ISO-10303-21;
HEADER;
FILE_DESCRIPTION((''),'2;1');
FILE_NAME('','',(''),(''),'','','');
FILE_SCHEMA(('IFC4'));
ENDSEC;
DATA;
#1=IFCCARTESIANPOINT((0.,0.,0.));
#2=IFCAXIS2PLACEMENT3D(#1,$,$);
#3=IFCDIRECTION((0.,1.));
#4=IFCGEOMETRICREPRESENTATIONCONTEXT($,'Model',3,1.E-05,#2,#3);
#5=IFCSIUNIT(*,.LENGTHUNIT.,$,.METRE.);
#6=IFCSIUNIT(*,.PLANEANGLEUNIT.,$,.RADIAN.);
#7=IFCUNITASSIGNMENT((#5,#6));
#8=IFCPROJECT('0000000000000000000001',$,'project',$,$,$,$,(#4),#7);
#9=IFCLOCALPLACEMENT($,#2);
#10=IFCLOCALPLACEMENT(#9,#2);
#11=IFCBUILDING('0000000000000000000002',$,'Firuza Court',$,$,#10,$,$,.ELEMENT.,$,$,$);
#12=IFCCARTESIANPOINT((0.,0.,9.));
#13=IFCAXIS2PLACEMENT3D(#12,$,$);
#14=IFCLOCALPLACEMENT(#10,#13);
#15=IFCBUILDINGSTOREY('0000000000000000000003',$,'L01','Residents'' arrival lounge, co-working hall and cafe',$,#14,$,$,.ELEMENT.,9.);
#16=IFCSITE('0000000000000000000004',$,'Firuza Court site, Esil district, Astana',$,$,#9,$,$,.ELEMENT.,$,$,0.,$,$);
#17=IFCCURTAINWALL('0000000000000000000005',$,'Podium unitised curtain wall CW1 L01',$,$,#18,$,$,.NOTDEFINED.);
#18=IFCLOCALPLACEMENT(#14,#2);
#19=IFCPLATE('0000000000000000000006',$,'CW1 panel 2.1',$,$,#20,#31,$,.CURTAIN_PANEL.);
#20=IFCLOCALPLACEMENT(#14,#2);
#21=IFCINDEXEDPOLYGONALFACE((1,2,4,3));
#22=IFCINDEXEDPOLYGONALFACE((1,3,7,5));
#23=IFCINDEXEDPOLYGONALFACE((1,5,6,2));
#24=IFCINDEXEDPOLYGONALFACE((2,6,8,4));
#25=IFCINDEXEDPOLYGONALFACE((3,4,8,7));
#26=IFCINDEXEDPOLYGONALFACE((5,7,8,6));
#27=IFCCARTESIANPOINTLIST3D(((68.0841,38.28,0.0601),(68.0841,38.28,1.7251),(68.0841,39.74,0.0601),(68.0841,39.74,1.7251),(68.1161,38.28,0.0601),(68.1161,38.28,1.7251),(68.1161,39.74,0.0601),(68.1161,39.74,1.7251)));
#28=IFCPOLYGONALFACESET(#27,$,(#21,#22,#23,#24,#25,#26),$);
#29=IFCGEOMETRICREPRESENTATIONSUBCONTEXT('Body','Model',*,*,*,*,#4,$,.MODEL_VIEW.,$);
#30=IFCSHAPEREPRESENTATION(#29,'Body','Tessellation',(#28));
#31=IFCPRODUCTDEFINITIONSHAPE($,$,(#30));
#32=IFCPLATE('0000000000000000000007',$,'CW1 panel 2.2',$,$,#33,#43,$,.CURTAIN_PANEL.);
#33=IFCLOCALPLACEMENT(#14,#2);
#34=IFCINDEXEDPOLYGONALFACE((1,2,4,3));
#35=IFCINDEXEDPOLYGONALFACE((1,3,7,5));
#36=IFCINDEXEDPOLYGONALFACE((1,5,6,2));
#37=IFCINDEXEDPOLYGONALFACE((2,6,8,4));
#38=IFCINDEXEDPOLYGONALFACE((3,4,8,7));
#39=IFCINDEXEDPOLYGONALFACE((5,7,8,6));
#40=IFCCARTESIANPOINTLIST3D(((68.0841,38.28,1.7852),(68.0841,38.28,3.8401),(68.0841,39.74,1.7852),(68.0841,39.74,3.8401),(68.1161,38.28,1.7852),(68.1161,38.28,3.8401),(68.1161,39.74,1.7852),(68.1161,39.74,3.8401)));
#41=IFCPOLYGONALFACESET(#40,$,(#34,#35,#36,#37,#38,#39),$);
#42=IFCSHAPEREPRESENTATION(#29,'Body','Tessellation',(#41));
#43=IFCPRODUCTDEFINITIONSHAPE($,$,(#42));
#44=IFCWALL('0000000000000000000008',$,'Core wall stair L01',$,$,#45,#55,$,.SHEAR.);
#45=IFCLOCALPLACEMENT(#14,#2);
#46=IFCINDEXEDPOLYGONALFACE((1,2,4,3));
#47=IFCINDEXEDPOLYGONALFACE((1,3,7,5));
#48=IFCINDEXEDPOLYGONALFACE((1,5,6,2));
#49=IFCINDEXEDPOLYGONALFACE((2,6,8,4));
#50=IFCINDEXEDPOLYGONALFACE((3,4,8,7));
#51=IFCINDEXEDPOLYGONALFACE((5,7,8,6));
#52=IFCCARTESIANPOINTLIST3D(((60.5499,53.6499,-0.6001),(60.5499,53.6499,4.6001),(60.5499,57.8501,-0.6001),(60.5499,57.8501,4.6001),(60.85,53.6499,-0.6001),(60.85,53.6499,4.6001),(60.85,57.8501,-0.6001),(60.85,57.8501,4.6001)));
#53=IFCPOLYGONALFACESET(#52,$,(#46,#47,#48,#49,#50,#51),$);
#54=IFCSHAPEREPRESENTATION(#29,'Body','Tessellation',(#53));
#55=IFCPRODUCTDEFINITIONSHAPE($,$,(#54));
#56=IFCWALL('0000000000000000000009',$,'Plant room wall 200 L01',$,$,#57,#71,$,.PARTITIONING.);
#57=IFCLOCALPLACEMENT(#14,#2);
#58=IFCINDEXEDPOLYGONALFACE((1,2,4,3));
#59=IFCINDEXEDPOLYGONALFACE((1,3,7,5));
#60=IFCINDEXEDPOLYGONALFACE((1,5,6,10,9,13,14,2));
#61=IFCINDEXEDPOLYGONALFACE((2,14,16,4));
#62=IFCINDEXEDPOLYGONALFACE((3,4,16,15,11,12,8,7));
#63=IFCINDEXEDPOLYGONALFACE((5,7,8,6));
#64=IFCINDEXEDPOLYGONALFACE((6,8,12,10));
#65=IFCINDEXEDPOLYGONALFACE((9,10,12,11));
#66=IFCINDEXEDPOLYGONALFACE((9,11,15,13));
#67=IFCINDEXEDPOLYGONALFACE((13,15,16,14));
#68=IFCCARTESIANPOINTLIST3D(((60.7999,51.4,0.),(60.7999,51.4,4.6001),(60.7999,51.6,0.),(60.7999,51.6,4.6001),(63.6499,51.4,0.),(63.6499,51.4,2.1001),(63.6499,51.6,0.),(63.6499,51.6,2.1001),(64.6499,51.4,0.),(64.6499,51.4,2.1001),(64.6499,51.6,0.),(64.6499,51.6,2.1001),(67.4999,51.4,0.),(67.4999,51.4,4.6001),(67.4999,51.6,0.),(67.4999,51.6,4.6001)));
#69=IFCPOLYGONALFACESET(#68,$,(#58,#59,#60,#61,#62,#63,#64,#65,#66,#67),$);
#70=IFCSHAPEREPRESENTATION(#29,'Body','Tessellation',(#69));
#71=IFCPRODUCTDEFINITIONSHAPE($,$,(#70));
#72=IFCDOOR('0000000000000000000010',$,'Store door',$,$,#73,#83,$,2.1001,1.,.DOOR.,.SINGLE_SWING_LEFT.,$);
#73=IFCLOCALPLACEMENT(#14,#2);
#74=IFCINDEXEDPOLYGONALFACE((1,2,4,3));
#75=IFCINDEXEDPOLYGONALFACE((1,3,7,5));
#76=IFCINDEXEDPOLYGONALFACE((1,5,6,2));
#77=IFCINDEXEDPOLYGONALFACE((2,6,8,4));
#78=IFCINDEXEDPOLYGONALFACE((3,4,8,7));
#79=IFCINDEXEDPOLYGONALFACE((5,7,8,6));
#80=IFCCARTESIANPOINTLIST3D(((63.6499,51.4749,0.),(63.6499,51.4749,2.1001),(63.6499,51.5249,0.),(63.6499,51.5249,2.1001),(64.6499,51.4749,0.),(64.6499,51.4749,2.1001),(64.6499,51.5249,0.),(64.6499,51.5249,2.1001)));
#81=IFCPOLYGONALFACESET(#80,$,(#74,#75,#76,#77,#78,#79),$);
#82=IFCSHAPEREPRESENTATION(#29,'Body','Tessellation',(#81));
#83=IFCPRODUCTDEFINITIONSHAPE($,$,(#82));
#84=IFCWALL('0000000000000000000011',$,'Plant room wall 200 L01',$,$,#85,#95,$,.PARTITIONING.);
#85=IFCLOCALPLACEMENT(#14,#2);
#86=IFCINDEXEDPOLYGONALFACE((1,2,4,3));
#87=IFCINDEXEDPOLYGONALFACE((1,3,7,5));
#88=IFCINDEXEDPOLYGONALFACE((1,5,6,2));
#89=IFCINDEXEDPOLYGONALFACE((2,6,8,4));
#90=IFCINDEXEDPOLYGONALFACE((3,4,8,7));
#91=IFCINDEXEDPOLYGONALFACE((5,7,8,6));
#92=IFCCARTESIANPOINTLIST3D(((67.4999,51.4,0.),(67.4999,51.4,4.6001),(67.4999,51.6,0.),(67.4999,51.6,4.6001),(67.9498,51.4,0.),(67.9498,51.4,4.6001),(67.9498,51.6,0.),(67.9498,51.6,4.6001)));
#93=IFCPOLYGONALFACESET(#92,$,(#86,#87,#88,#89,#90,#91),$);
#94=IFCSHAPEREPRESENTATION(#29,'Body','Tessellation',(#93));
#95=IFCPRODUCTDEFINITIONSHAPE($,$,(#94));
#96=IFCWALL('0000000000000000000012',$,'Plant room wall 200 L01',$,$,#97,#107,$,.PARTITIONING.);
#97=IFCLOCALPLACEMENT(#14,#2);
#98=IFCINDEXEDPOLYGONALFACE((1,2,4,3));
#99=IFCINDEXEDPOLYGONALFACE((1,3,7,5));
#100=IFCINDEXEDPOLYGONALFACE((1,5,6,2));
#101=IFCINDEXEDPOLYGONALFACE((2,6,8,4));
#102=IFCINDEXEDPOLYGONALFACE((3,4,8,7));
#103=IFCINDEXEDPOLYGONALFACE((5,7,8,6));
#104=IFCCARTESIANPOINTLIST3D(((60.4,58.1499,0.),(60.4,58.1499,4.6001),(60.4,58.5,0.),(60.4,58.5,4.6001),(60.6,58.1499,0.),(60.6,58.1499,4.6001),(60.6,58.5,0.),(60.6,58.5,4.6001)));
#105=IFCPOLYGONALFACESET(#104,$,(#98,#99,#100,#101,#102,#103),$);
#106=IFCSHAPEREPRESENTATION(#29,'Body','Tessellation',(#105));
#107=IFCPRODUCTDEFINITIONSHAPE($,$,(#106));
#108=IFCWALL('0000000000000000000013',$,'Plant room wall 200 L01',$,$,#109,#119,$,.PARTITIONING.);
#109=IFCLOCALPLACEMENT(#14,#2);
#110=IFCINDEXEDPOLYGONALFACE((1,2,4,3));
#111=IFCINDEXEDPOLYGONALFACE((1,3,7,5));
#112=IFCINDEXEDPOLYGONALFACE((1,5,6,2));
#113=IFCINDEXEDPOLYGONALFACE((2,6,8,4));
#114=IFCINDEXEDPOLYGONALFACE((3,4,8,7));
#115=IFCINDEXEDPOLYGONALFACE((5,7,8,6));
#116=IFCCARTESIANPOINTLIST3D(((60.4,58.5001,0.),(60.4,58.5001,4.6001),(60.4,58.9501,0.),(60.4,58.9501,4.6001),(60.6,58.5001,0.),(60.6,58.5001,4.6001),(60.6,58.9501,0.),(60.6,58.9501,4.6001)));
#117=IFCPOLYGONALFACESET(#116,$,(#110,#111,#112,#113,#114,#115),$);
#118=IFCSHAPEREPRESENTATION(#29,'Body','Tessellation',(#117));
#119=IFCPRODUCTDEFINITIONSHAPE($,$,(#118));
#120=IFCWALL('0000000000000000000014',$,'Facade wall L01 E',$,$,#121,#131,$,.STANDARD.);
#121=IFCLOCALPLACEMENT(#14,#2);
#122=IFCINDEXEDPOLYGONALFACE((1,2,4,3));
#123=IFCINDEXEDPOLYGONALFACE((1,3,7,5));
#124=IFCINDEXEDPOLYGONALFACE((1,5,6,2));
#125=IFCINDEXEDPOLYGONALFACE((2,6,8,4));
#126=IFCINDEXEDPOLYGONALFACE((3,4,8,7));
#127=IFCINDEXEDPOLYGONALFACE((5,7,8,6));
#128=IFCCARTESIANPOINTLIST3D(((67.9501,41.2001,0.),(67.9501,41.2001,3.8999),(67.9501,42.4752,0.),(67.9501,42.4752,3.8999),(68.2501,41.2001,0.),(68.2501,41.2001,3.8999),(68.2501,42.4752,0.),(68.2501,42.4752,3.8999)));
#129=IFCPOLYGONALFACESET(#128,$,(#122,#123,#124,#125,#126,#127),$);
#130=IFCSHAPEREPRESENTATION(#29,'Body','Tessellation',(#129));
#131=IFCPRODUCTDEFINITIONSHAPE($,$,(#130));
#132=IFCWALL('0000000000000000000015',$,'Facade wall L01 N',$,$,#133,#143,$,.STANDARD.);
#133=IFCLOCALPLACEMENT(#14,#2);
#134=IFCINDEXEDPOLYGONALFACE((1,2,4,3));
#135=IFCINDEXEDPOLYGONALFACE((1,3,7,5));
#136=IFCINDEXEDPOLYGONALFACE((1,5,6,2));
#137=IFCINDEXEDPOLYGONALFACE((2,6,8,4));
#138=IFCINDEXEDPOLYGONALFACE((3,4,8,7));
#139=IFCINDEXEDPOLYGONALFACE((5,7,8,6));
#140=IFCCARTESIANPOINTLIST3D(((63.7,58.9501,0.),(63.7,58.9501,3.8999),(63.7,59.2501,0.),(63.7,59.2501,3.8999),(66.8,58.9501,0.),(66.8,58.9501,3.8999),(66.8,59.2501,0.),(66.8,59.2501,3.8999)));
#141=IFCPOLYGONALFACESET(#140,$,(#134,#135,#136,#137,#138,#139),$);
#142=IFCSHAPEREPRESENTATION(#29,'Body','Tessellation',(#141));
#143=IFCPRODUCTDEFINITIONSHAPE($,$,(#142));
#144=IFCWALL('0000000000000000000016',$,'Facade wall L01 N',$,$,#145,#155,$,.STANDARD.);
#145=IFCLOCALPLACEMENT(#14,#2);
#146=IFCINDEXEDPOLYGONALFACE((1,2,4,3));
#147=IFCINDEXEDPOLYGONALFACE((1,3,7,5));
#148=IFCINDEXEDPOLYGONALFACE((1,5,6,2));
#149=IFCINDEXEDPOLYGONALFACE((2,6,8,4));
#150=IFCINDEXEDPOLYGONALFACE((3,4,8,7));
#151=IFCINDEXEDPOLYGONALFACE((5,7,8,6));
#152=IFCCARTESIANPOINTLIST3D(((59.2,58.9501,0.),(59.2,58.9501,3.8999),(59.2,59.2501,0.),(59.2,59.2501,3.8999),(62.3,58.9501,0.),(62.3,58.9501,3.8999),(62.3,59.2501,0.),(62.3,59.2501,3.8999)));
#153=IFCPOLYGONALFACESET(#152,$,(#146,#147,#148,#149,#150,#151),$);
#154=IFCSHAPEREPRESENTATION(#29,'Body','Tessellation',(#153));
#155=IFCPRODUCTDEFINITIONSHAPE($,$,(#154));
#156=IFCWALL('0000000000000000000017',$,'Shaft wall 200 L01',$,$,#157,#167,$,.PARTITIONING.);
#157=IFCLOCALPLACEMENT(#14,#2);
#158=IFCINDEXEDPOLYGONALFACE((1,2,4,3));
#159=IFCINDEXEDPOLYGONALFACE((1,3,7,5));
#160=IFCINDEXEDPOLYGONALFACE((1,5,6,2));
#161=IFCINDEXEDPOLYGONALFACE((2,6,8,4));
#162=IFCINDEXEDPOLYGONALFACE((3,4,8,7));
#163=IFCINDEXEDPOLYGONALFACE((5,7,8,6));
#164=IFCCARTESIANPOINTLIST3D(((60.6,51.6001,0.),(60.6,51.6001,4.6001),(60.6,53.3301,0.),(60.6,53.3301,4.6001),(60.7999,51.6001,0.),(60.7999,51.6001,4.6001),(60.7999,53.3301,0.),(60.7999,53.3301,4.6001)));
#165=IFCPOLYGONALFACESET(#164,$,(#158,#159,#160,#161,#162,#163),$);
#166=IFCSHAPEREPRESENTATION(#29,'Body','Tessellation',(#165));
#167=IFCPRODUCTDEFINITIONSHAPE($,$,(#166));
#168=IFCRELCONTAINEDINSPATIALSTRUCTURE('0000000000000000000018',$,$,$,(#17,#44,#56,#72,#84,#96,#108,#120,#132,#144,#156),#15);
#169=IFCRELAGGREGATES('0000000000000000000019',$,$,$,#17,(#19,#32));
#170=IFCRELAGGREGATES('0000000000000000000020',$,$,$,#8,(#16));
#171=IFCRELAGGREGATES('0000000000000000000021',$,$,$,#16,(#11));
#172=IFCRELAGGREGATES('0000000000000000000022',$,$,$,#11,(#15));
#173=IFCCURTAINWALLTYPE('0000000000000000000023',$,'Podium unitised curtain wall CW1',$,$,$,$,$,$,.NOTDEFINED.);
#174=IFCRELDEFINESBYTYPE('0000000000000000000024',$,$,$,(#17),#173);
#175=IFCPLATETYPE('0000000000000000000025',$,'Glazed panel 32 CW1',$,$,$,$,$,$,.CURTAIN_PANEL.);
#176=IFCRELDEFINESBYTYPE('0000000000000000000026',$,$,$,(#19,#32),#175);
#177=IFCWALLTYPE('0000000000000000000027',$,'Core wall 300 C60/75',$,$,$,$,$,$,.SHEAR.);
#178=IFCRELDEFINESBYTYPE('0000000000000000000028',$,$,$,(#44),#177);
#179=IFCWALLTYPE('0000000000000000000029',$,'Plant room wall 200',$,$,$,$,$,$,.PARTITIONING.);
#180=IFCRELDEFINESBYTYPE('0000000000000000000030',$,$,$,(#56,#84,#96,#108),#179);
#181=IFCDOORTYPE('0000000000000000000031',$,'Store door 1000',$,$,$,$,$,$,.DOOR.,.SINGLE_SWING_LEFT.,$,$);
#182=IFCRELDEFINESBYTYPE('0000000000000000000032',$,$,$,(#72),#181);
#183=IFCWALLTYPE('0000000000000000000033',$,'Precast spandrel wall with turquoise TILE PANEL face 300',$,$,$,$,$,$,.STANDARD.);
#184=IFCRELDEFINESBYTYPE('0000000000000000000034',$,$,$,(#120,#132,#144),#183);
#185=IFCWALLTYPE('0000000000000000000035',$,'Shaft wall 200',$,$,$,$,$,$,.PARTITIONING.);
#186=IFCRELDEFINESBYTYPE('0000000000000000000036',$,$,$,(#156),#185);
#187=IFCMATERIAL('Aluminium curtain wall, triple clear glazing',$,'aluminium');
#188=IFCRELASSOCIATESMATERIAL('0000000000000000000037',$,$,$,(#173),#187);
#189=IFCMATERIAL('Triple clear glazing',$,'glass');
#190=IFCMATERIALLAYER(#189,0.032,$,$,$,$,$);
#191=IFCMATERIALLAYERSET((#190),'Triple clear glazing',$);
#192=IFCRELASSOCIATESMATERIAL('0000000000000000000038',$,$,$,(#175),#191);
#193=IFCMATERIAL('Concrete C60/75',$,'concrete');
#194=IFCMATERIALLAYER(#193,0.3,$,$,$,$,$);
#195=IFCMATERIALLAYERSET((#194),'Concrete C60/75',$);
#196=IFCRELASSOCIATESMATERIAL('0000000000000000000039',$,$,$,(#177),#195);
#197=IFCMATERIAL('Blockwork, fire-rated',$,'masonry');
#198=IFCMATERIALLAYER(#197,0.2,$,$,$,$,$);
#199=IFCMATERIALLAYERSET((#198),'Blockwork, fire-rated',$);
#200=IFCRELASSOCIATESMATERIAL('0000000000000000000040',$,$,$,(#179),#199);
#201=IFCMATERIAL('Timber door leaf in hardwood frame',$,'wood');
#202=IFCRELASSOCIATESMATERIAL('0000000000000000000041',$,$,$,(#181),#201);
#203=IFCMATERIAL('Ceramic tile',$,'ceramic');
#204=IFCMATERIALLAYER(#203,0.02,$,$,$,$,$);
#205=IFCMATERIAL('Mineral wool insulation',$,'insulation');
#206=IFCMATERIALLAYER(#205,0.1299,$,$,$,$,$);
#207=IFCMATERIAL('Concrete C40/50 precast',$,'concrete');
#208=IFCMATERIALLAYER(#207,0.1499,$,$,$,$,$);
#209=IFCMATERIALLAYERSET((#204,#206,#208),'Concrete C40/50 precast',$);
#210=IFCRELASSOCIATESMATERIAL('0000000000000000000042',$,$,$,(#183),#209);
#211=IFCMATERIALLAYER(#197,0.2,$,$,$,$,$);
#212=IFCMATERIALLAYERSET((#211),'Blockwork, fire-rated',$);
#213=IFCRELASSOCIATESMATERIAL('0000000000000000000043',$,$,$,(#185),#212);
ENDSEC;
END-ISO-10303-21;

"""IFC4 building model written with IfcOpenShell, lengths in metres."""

from ifc_helpers import new_model, si_unit, direction, frame, frame_2d, origin, origin_2d, place, context, subcontext, project, spatial, rectangle, extrude, material, layer, layer_set, type_object, element, fill, aggregate, save


model = new_model("IFC4")

# Units and contexts
model_context = context("Model", 3, precision=1e-05, world=origin(), true_north=direction((0.0, 1.0)))
body_context = subcontext(model_context, "Body", "Model", "MODEL_VIEW")
ifc_project = project(units=[si_unit("LENGTHUNIT", "METRE"), si_unit("PLANEANGLEUNIT", "RADIAN")], contexts=[model_context])

# Site, building, storey
site_placement = place(None, origin())
site = spatial("IfcSite", under=ifc_project, at=site_placement, Name="Firuza Court site, Esil district, Astana", CompositionType="ELEMENT", RefElevation=0.0)
building_placement = place(site_placement, origin())
building = spatial("IfcBuilding", under=site, at=building_placement, Name="Firuza Court", CompositionType="ELEMENT")
storey_placement = place(building_placement, frame((0.0, 0.0, 9.0)))
storey = spatial("IfcBuildingStorey", under=building, at=storey_placement, Name="L01", Description="Residents' arrival lounge, co-working hall and cafe", CompositionType="ELEMENT", Elevation=9.0)

# Curtain wall
ifc_material_1 = material(Name="Aluminium curtain wall, triple clear glazing", Category="aluminium")
curtain_wall_type = type_object("IfcCurtainWallType", Name="Podium unitised curtain wall CW1", PredefinedType="NOTDEFINED", material=ifc_material_1)
curtain_wall_placement = place(storey_placement, origin())
curtain_wall = element("IfcCurtainWall", 1, at=curtain_wall_placement, inside=storey, type_object=curtain_wall_type, Name="Podium unitised curtain wall CW1 L01", PredefinedType="NOTDEFINED")

# Plates
ifc_material_2 = material(Name="Triple clear glazing", Category="glass")
ifc_layer_1 = layer(ifc_material_2, 0.032)
ifc_layer_set_1 = layer_set([ifc_layer_1], Name="Triple clear glazing")
plate_type = type_object("IfcPlateType", Name="Glazed panel 32 CW1", PredefinedType="CURTAIN_PANEL", material=ifc_layer_set_1)
plate_1_placement = place(storey_placement, frame((68.1001, 39.01, 0.0601), z_axis=(0.0, 0.0, 1.0), x_axis=(0.0, 1.0, 0.0)))
plate_1 = element("IfcPlate", 2, at=plate_1_placement, type_object=plate_type, Name="CW1 panel 2.1", PredefinedType="CURTAIN_PANEL", context=body_context, shape_type="SweptSolid", body=[
    extrude(rectangle(XDim=1.46, YDim=0.032, at=origin_2d()), origin(), (0.0, 0.0, 1.0), 1.665),
])
plate_2_placement = place(storey_placement, frame((68.1001, 39.01, 1.7852), z_axis=(0.0, 0.0, 1.0), x_axis=(0.0, 1.0, 0.0)))
plate_2 = element("IfcPlate", 3, at=plate_2_placement, type_object=plate_type, Name="CW1 panel 2.2", PredefinedType="CURTAIN_PANEL", context=body_context, shape_type="SweptSolid", body=[
    extrude(rectangle(XDim=1.46, YDim=0.032, at=origin_2d()), origin(), (0.0, 0.0, 1.0), 2.0549),
])
aggregate(curtain_wall, [plate_1, plate_2])

# Wall
ifc_material_3 = material(Name="Concrete C60/75", Category="concrete")
ifc_layer_2 = layer(ifc_material_3, 0.3)
ifc_layer_set_2 = layer_set([ifc_layer_2], Name="Concrete C60/75")
wall_type_1 = type_object("IfcWallType", Name="Core wall 300 C60/75", PredefinedType="SHEAR", material=ifc_layer_set_2)
wall_1_placement = place(storey_placement, frame((60.7, 53.6499, -0.6001), z_axis=(0.0, 0.0, 1.0), x_axis=(0.0, 1.0, 0.0)))
element("IfcWall", 4, at=wall_1_placement, inside=storey, type_object=wall_type_1, Name="Core wall stair L01", PredefinedType="SHEAR", context=body_context, shape_type="SweptSolid", body=[
    extrude(rectangle(XDim=4.2002, YDim=0.3, at=frame_2d((2.1001, 0.0))), origin(), (0.0, 0.0, 1.0), 5.2002),
])

# Wall, opening, door
ifc_material_4 = material(Name="Blockwork, fire-rated", Category="masonry")
ifc_layer_3 = layer(ifc_material_4, 0.2)
ifc_layer_set_3 = layer_set([ifc_layer_3], Name="Blockwork, fire-rated")
wall_type_2 = type_object("IfcWallType", Name="Plant room wall 200", PredefinedType="PARTITIONING", material=ifc_layer_set_3)
wall_2_placement = place(storey_placement, frame((67.5, 51.5, 0.0), z_axis=(0.0, 0.0, 1.0), x_axis=(-1.0, 0.0, 0.0)))
wall_2 = element("IfcWall", 5, at=wall_2_placement, inside=storey, type_object=wall_type_2, Name="Plant room wall 200 L01", PredefinedType="PARTITIONING", context=body_context, shape_type="SweptSolid", body=[
    extrude(rectangle(XDim=6.7, YDim=0.2, at=frame_2d((3.3501, 0.0))), origin(), (0.0, 0.0, 1.0), 4.6001),
])
opening_placement = place(wall_2_placement, frame((2.8501, 0.0, 0.0)))
opening = element("IfcOpeningElement", 6, at=opening_placement, cuts=wall_2, PredefinedType="OPENING", context=body_context, shape_type="SweptSolid", body=[
    extrude(rectangle(XDim=1.0, YDim=2.1001, at=frame_2d((0.5, 1.05))), frame((0.0, 0.1118, 0.0), z_axis=(0.0, -1.0, 0.0), x_axis=(1.0, 0.0, 0.0)), (0.0, 0.0, 1.0), 0.2239),
])
ifc_material_5 = material(Name="Timber door leaf in hardwood frame", Category="wood")
door_type = type_object("IfcDoorType", Name="Store door 1000", OperationType="SINGLE_SWING_LEFT", PredefinedType="DOOR", material=ifc_material_5)
door_placement = place(opening_placement, frame((1.0, 0.0, 0.0), z_axis=(0.0, 0.0, 1.0), x_axis=(-1.0, 0.0, 0.0)))
door = element("IfcDoor", 7, at=door_placement, inside=storey, type_object=door_type, Name="Store door", OperationType="SINGLE_SWING_LEFT", OverallHeight=2.1001, OverallWidth=1.0, PredefinedType="DOOR", context=body_context, shape_type="SweptSolid", body=[
    extrude(rectangle(XDim=1.0, YDim=2.1001, at=frame_2d((0.5, 1.05))), frame((0.0, 0.0249, 0.0), z_axis=(0.0, -1.0, 0.0), x_axis=(1.0, 0.0, 0.0)), (0.0, 0.0, 1.0), 0.05),
])
fill(opening, door)

# Walls
wall_3_placement = place(storey_placement, frame((67.95, 51.5, 0.0), z_axis=(0.0, 0.0, 1.0), x_axis=(-1.0, 0.0, 0.0)))
element("IfcWall", 8, at=wall_3_placement, inside=storey, type_object=wall_type_2, Name="Plant room wall 200 L01", PredefinedType="PARTITIONING", context=body_context, shape_type="SweptSolid", body=[
    extrude(rectangle(XDim=0.45, YDim=0.2, at=frame_2d((0.2251, 0.0))), origin(), (0.0, 0.0, 1.0), 4.6001),
])
wall_4_placement = place(storey_placement, frame((60.5, 58.1499, 0.0), z_axis=(0.0, 0.0, 1.0), x_axis=(0.0, 1.0, 0.0)))
element("IfcWall", 9, at=wall_4_placement, inside=storey, type_object=wall_type_2, Name="Plant room wall 200 L01", PredefinedType="PARTITIONING", context=body_context, shape_type="SweptSolid", body=[
    extrude(rectangle(XDim=0.3501, YDim=0.2, at=frame_2d((0.175, 0.0))), origin(), (0.0, 0.0, 1.0), 4.6001),
])
wall_5_placement = place(storey_placement, frame((60.5, 58.5, 0.0), z_axis=(0.0, 0.0, 1.0), x_axis=(0.0, 1.0, 0.0)))
element("IfcWall", 10, at=wall_5_placement, inside=storey, type_object=wall_type_2, Name="Plant room wall 200 L01", PredefinedType="PARTITIONING", context=body_context, shape_type="SweptSolid", body=[
    extrude(rectangle(XDim=0.45, YDim=0.2, at=frame_2d((0.2251, 0.0))), origin(), (0.0, 0.0, 1.0), 4.6001),
])
ifc_material_6 = material(Name="Ceramic tile", Category="ceramic")
ifc_layer_4 = layer(ifc_material_6, 0.02)
ifc_material_7 = material(Name="Mineral wool insulation", Category="insulation")
ifc_layer_5 = layer(ifc_material_7, 0.1299)
ifc_material_8 = material(Name="Concrete C40/50 precast", Category="concrete")
ifc_layer_6 = layer(ifc_material_8, 0.1499)
ifc_layer_set_4 = layer_set([ifc_layer_4, ifc_layer_5, ifc_layer_6], Name="Concrete C40/50 precast")
wall_type_3 = type_object("IfcWallType", Name="Precast spandrel wall with turquoise TILE PANEL face 300", PredefinedType="STANDARD", material=ifc_layer_set_4)
wall_6_placement = place(storey_placement, frame((68.1001, 41.2, 0.0), z_axis=(0.0, 0.0, 1.0), x_axis=(0.0, 1.0, 0.0)))
element("IfcWall", 11, at=wall_6_placement, inside=storey, type_object=wall_type_3, Name="Facade wall L01 E", PredefinedType="STANDARD", context=body_context, shape_type="SweptSolid", body=[
    extrude(rectangle(XDim=1.2751, YDim=0.3, at=frame_2d((0.6377, 0.0))), origin(), (0.0, 0.0, 1.0), 3.8999),
])
for number, where, z_axis, x_axis, name in (
    (12, (66.8, 59.1001, 0.0), (0.0, 0.0, 1.0), (-1.0, 0.0, 0.0), "Facade wall L01 N"),
    (13, (62.3, 59.1001, 0.0), (0.0, 0.0, 1.0), (-1.0, 0.0, 0.0), "Facade wall L01 N"),
):
    element("IfcWall", number, at=place(storey_placement, frame(where, z_axis=z_axis, x_axis=x_axis)), inside=storey, type_object=wall_type_3, Name=name, PredefinedType="STANDARD", context=body_context, shape_type="SweptSolid", body=[
        extrude(rectangle(XDim=3.1001, YDim=0.3, at=frame_2d((1.55, 0.0))), origin(), (0.0, 0.0, 1.0), 3.8999),
    ])
ifc_layer_7 = layer(ifc_material_4, 0.2)
ifc_layer_set_5 = layer_set([ifc_layer_7], Name="Blockwork, fire-rated")
wall_type_4 = type_object("IfcWallType", Name="Shaft wall 200", PredefinedType="PARTITIONING", material=ifc_layer_set_5)
wall_7_placement = place(storey_placement, frame((60.7, 51.6001, 0.0), z_axis=(0.0, 0.0, 1.0), x_axis=(0.0, 1.0, 0.0)))
element("IfcWall", 14, at=wall_7_placement, inside=storey, type_object=wall_type_4, Name="Shaft wall 200 L01", PredefinedType="PARTITIONING", context=body_context, shape_type="SweptSolid", body=[
    extrude(rectangle(XDim=1.73, YDim=0.2, at=frame_2d((0.865, 0.0))), origin(), (0.0, 0.0, 1.0), 4.6001),
])

save(model, "model.ifc")
